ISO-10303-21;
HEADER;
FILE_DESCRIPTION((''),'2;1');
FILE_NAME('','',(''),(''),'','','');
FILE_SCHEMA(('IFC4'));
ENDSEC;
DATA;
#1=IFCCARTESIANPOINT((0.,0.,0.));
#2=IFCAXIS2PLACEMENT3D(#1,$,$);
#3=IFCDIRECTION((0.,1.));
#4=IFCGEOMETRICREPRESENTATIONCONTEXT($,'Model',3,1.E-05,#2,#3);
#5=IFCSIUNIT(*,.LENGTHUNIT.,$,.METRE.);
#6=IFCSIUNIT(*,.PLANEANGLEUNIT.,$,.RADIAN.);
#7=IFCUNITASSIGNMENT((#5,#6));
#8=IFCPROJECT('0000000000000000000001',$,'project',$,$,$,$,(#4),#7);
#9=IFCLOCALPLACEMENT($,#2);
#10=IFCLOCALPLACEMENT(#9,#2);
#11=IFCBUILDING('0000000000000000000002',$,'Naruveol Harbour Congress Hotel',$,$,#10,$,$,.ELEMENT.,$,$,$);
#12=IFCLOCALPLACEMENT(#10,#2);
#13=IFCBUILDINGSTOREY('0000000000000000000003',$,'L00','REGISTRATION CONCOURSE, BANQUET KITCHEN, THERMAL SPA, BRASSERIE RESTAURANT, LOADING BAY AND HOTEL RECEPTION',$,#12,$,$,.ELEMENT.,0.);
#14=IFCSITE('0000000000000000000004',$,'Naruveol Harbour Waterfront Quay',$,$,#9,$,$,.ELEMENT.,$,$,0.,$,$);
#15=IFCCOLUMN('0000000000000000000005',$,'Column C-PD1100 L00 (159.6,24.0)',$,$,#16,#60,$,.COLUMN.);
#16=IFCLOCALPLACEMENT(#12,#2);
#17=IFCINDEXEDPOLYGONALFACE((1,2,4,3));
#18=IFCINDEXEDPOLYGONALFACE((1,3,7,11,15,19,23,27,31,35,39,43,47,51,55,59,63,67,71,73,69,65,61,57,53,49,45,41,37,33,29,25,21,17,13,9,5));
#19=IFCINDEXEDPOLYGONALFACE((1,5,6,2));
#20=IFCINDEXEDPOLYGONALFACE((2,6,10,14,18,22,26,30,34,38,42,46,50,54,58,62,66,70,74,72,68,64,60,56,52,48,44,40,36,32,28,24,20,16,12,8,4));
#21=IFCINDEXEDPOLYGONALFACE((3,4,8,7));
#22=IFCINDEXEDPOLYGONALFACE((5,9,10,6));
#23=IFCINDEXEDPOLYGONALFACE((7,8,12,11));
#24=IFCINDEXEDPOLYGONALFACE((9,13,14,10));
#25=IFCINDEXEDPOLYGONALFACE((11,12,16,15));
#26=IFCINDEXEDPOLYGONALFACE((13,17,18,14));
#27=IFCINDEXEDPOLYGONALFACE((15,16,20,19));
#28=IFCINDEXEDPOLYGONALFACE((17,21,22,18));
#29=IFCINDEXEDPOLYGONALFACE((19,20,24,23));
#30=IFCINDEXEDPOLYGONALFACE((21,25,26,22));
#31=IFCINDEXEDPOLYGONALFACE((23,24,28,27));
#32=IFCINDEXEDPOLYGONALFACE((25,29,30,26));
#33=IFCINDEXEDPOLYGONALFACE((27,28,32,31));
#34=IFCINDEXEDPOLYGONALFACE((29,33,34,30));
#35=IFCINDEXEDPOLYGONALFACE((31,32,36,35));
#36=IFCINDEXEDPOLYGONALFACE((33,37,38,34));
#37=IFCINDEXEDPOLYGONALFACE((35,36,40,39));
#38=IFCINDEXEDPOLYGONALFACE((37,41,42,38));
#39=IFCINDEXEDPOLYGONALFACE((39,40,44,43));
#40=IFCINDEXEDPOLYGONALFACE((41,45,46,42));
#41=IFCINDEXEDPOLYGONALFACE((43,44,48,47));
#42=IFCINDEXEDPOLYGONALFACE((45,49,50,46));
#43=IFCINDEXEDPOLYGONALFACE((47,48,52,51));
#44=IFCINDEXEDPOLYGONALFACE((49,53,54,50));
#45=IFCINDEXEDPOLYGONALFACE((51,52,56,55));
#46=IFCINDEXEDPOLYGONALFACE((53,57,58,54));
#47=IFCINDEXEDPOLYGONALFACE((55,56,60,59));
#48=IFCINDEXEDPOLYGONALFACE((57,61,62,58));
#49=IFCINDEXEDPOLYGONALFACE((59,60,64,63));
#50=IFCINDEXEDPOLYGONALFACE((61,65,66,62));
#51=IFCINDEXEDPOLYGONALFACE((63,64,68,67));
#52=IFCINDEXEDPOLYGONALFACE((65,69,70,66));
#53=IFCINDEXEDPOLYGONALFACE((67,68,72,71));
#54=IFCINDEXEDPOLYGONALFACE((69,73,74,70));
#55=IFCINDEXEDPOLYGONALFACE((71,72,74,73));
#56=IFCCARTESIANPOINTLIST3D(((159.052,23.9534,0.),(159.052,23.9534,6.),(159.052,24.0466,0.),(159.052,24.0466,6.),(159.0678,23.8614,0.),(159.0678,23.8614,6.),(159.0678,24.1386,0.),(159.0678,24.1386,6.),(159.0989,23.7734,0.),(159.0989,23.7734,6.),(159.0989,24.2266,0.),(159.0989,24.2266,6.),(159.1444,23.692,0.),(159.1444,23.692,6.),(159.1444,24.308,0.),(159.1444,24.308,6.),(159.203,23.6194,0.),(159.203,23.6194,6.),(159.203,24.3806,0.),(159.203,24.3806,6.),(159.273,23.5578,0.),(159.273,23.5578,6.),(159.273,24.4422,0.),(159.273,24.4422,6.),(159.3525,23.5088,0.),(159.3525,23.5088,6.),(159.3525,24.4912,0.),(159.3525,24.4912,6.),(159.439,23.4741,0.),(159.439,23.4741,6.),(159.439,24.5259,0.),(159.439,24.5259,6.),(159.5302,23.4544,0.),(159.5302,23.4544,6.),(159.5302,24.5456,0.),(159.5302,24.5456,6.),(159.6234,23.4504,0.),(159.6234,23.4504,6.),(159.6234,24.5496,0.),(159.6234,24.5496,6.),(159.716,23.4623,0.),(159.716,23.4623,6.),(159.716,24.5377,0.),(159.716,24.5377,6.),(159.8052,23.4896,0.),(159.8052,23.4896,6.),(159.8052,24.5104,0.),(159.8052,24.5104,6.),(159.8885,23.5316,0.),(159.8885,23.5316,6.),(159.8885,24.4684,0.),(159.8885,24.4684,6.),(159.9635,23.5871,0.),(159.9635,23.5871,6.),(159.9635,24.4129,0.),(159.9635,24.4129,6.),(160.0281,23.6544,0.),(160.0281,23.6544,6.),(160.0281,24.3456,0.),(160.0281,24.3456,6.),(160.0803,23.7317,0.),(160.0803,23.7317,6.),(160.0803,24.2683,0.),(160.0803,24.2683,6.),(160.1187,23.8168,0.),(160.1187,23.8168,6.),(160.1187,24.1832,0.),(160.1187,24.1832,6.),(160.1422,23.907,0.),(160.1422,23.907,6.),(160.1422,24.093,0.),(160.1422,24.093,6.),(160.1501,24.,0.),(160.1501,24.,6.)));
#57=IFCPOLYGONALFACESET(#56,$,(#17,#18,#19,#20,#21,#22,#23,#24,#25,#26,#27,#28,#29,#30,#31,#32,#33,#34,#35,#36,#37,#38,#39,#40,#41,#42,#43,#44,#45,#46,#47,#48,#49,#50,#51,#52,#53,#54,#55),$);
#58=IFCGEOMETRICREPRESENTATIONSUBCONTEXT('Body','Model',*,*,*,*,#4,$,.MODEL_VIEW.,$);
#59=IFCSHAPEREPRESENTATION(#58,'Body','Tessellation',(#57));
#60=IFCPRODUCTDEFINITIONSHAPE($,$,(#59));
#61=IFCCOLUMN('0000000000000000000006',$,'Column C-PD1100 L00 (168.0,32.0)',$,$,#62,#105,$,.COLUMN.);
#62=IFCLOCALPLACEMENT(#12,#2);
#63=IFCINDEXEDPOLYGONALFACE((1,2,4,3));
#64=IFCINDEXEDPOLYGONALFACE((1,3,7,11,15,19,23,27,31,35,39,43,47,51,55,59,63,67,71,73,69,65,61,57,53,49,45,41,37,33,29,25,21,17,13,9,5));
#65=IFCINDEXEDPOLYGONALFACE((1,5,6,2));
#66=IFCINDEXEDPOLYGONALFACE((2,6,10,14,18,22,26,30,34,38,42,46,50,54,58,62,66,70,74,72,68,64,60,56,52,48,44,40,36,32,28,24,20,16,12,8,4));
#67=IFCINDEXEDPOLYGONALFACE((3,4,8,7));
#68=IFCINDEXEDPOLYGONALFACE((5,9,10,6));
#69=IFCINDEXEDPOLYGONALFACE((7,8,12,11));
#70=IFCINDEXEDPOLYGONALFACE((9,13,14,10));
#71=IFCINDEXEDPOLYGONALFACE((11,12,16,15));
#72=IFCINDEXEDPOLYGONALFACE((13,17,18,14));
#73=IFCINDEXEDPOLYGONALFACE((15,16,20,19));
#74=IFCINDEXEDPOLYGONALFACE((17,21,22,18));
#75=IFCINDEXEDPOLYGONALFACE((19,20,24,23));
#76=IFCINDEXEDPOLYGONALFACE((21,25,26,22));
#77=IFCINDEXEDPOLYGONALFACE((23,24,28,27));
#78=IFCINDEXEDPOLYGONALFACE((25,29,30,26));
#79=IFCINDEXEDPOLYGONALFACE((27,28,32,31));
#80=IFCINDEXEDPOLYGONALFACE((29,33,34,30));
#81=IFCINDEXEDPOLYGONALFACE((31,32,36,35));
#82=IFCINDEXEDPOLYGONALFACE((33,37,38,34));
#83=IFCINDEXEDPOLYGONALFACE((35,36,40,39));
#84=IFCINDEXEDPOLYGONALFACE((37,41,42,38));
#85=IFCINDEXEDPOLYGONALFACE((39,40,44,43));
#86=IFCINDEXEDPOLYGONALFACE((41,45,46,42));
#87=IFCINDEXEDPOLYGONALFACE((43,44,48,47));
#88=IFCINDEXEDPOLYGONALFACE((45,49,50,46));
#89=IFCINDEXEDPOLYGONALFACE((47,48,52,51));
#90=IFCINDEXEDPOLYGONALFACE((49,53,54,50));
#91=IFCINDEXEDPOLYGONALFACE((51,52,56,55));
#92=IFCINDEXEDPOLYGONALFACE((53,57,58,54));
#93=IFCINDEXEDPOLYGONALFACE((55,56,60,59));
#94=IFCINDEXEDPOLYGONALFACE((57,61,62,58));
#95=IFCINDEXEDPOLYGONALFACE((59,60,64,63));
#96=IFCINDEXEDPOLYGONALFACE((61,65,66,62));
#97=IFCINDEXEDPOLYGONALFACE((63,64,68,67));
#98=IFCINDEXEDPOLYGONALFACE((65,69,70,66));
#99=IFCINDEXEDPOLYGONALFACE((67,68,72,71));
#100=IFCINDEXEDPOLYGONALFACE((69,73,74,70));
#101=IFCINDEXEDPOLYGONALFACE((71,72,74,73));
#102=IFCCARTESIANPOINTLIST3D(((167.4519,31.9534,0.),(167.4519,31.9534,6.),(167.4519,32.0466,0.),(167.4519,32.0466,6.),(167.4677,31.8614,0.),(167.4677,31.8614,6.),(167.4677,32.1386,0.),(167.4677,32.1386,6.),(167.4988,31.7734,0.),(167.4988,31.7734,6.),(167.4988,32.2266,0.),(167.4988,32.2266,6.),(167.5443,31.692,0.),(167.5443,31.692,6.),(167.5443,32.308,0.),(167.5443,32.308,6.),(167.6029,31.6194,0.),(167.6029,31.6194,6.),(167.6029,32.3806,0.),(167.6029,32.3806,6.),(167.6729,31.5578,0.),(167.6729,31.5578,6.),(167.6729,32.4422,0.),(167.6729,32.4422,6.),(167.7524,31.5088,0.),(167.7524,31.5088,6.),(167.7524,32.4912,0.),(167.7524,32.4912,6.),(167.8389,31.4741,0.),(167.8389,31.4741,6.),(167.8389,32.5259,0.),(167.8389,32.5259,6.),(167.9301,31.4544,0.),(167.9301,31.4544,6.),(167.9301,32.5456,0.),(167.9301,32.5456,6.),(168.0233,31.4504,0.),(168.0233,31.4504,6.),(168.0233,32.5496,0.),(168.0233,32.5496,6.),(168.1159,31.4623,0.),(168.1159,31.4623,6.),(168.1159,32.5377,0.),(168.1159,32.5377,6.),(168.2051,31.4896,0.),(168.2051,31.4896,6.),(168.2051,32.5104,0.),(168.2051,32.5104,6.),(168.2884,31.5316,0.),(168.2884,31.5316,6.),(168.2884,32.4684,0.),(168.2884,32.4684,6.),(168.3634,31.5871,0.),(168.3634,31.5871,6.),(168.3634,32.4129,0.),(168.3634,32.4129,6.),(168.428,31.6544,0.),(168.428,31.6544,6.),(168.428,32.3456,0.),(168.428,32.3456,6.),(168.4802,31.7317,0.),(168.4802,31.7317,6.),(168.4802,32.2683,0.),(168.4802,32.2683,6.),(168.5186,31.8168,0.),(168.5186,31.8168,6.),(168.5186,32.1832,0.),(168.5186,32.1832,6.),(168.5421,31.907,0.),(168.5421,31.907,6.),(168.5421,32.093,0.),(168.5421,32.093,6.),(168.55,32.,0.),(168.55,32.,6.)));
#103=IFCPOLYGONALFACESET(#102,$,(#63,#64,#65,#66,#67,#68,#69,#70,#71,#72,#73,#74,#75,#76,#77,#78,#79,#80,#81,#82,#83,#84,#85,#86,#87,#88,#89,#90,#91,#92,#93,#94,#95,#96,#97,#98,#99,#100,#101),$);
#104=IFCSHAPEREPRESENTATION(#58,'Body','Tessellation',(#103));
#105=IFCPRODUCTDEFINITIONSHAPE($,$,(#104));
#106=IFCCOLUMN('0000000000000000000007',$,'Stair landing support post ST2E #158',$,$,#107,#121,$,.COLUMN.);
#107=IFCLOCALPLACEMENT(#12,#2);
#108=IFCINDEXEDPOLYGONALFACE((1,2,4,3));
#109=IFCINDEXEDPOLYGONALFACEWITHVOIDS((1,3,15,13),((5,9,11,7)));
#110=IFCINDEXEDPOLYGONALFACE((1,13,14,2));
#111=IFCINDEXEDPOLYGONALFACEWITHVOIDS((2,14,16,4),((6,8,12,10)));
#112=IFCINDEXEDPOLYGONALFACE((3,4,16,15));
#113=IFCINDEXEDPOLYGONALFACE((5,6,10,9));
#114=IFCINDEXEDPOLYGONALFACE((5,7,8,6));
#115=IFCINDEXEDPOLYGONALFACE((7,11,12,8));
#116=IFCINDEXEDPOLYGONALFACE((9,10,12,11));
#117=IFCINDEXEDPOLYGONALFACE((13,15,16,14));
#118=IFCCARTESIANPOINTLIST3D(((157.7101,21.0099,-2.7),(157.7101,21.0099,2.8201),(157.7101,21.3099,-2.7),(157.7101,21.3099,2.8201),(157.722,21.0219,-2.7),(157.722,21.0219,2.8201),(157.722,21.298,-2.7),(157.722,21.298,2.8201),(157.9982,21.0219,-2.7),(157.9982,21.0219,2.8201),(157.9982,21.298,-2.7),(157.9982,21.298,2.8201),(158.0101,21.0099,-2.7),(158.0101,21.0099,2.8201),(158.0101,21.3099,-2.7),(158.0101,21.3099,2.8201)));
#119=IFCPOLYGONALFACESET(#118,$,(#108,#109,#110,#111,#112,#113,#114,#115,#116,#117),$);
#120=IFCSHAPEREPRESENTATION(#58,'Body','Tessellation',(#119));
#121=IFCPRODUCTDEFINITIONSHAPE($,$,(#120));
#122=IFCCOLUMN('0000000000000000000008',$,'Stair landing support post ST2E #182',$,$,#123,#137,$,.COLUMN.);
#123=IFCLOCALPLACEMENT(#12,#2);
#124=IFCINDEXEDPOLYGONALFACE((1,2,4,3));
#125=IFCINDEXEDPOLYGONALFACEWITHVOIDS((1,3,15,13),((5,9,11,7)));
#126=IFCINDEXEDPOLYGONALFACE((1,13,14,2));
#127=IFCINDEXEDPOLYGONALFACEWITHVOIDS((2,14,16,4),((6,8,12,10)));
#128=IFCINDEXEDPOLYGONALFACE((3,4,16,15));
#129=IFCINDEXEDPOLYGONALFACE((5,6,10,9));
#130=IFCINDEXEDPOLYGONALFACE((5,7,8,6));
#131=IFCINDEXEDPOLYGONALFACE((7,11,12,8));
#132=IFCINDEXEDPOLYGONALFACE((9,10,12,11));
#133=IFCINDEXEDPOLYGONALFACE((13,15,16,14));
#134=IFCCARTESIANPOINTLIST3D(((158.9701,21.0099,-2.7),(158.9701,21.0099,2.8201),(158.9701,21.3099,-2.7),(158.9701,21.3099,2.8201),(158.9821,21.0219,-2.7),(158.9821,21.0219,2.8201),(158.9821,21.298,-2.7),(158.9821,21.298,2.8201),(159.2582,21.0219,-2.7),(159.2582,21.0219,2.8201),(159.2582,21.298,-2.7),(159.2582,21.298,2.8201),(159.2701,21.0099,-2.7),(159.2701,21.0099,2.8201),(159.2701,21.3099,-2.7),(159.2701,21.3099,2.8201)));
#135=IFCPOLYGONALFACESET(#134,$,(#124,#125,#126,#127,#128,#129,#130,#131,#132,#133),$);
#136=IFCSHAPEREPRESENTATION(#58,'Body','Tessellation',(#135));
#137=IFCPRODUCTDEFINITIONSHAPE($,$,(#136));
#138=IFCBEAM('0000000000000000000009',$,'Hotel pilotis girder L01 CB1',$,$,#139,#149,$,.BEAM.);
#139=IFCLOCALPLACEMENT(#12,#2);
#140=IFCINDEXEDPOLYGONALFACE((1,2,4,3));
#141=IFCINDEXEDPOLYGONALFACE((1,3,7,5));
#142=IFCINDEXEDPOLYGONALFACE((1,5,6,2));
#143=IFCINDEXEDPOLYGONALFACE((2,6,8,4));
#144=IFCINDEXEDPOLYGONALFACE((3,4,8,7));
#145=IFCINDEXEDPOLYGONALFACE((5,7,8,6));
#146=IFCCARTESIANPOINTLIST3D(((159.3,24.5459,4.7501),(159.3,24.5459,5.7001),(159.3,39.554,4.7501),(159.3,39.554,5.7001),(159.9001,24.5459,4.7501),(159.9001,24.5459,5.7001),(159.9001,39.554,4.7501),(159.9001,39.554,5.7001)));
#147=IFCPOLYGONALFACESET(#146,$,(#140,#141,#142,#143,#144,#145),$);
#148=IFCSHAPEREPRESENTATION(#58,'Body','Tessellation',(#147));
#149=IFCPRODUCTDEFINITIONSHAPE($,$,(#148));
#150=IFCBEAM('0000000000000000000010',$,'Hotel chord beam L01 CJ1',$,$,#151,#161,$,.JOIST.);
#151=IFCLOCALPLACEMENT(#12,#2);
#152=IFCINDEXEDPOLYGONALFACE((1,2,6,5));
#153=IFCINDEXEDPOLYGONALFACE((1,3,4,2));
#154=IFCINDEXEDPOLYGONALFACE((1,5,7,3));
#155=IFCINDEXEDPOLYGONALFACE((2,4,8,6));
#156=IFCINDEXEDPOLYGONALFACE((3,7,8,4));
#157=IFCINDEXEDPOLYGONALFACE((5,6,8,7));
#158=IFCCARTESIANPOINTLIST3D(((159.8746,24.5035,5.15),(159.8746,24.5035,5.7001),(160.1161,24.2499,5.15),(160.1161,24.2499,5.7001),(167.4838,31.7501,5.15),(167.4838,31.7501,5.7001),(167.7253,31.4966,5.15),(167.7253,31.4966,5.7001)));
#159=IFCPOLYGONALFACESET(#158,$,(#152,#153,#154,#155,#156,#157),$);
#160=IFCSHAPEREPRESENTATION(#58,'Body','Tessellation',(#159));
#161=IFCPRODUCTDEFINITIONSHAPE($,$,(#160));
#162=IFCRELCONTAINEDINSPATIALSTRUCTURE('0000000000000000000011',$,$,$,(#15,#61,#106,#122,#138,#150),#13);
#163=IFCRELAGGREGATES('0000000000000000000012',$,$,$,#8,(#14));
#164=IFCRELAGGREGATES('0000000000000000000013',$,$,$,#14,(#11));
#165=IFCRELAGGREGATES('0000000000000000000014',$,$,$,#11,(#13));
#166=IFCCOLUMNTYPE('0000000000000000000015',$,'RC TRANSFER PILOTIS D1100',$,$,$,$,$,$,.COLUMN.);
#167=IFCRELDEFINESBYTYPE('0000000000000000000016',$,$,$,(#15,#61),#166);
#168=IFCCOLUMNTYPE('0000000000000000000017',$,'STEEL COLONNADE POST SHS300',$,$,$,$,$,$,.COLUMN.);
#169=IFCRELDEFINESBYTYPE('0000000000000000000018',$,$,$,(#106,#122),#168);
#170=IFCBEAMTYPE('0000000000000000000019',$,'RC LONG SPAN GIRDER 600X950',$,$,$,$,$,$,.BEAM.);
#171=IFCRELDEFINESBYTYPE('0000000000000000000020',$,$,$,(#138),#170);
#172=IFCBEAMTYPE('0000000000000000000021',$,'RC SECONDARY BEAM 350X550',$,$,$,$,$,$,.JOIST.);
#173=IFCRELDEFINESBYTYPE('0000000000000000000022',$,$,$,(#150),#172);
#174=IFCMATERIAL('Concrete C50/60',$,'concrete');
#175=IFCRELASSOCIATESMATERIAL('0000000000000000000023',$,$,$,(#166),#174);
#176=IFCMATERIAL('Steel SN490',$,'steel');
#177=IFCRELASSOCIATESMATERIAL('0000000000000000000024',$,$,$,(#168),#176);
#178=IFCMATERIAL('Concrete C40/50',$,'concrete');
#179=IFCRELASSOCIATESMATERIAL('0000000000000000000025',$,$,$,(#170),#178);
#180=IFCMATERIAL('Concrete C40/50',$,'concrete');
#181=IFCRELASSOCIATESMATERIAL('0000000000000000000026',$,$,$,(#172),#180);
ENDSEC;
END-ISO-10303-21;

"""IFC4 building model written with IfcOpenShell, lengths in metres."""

from ifc_helpers import new_model, si_unit, direction, frame, origin, origin_2d, place, context, subcontext, project, spatial, rectangle, hollow_rectangle, circle, extrude, material, material_profile, profile_set, type_object, element, save


model = new_model("IFC4")

# Units and contexts
model_context = context("Model", 3, precision=1e-05, world=origin(), true_north=direction((0.0, 1.0)))
body_context = subcontext(model_context, "Body", "Model", "MODEL_VIEW")
ifc_project = project(units=[si_unit("LENGTHUNIT", "METRE"), si_unit("PLANEANGLEUNIT", "RADIAN")], contexts=[model_context])

# Site, building, storey
site_placement = place(None, origin())
site = spatial("IfcSite", under=ifc_project, at=site_placement, Name="Naruveol Harbour Waterfront Quay", CompositionType="ELEMENT", RefElevation=0.0)
building_placement = place(site_placement, origin())
building = spatial("IfcBuilding", under=site, at=building_placement, Name="Naruveol Harbour Congress Hotel", CompositionType="ELEMENT")
storey_placement = place(building_placement, origin())
storey = spatial("IfcBuildingStorey", under=building, at=storey_placement, Name="L00", Description="REGISTRATION CONCOURSE, BANQUET KITCHEN, THERMAL SPA, BRASSERIE RESTAURANT, LOADING BAY AND HOTEL RECEPTION", CompositionType="ELEMENT", Elevation=0.0)

# Columns
ifc_material_1 = material(Name="Concrete C50/60", Category="concrete")
ifc_material_profile_1 = material_profile(ifc_material_1, circle(Radius=0.55, at=origin_2d()), Name="RC-D1100")
ifc_profile_set_1 = profile_set([ifc_material_profile_1], Name="Concrete C50/60")
column_type_1 = type_object("IfcColumnType", Name="RC TRANSFER PILOTIS D1100", PredefinedType="COLUMN", material=ifc_profile_set_1)
for number, where, z_axis, x_axis, name in (
    (1, (159.6001, 24.0, 0.0), (0.0, 0.0, 1.0), (1.0, 0.0, 0.0), "Column C-PD1100 L00 (159.6,24.0)"),
    (2, (168.0, 32.0, 0.0), (0.0, 0.0, 1.0), (1.0, 0.0, 0.0), "Column C-PD1100 L00 (168.0,32.0)"),
):
    element("IfcColumn", number, at=place(storey_placement, frame(where, z_axis=z_axis, x_axis=x_axis)), inside=storey, type_object=column_type_1, Name=name, PredefinedType="COLUMN", context=body_context, shape_type="SweptSolid", body=[
        extrude(circle(Radius=0.55, at=origin_2d()), origin(), (0.0, 0.0, 1.0), 6.0),
    ])
ifc_material_2 = material(Name="Steel SN490", Category="steel")
ifc_material_profile_2 = material_profile(ifc_material_2, hollow_rectangle(XDim=0.3, YDim=0.3, WallThickness=0.012, at=origin_2d()), Name="SHS-300x300x12")
ifc_profile_set_2 = profile_set([ifc_material_profile_2], Name="Steel SN490")
column_type_2 = type_object("IfcColumnType", Name="STEEL COLONNADE POST SHS300", PredefinedType="COLUMN", material=ifc_profile_set_2)
for number, where, z_axis, x_axis, name in (
    (3, (157.8601, 21.1599, -2.7), (0.0, 0.0, 1.0), (1.0, 0.0, 0.0), "Stair landing support post ST2E #158"),
    (4, (159.1201, 21.1599, -2.7), (0.0, 0.0, 1.0), (1.0, 0.0, 0.0), "Stair landing support post ST2E #182"),
):
    element("IfcColumn", number, at=place(storey_placement, frame(where, z_axis=z_axis, x_axis=x_axis)), inside=storey, type_object=column_type_2, Name=name, PredefinedType="COLUMN", context=body_context, shape_type="SweptSolid", body=[
        extrude(hollow_rectangle(XDim=0.3, YDim=0.3, WallThickness=0.012, at=origin_2d()), origin(), (0.0, 0.0, 1.0), 5.52),
    ])

# Beams
ifc_material_3 = material(Name="Concrete C40/50", Category="concrete")
ifc_material_profile_3 = material_profile(ifc_material_3, rectangle(XDim=0.6001, YDim=0.95, at=origin_2d()), Name="RCB-600x950")
ifc_profile_set_3 = profile_set([ifc_material_profile_3], Name="Concrete C40/50")
beam_type_1 = type_object("IfcBeamType", Name="RC LONG SPAN GIRDER 600X950", PredefinedType="BEAM", material=ifc_profile_set_3)
beam_1_placement = place(storey_placement, frame((159.6001, 24.5459, 5.2251), z_axis=(0.0, 1.0, 0.0), x_axis=(-1.0, 0.0, 0.0)))
element("IfcBeam", 5, at=beam_1_placement, inside=storey, type_object=beam_type_1, Name="Hotel pilotis girder L01 CB1", PredefinedType="BEAM", context=body_context, shape_type="SweptSolid", body=[
    extrude(rectangle(XDim=0.6001, YDim=0.95, at=origin_2d()), origin(), (0.0, 0.0, 1.0), 15.0081),
])
ifc_material_4 = material(Name="Concrete C40/50", Category="concrete")
ifc_material_profile_4 = material_profile(ifc_material_4, rectangle(XDim=0.3501, YDim=0.55, at=origin_2d()), Name="RCB-350x550")
ifc_profile_set_4 = profile_set([ifc_material_profile_4], Name="Concrete C40/50")
beam_type_2 = type_object("IfcBeamType", Name="RC SECONDARY BEAM 350X550", PredefinedType="JOIST", material=ifc_profile_set_4)
beam_2_placement = place(storey_placement, frame((159.9954, 24.3767, 5.425), z_axis=(0.724148, 0.689645, 0.0), x_axis=(-0.689645, 0.724148, 0.0)))
element("IfcBeam", 6, at=beam_2_placement, inside=storey, type_object=beam_type_2, Name="Hotel chord beam L01 CJ1", PredefinedType="JOIST", context=body_context, shape_type="SweptSolid", body=[
    extrude(rectangle(XDim=0.3501, YDim=0.55, at=origin_2d()), origin(), (0.0, 0.0, 1.0), 10.5078),
])

save(model, "model.ifc")
